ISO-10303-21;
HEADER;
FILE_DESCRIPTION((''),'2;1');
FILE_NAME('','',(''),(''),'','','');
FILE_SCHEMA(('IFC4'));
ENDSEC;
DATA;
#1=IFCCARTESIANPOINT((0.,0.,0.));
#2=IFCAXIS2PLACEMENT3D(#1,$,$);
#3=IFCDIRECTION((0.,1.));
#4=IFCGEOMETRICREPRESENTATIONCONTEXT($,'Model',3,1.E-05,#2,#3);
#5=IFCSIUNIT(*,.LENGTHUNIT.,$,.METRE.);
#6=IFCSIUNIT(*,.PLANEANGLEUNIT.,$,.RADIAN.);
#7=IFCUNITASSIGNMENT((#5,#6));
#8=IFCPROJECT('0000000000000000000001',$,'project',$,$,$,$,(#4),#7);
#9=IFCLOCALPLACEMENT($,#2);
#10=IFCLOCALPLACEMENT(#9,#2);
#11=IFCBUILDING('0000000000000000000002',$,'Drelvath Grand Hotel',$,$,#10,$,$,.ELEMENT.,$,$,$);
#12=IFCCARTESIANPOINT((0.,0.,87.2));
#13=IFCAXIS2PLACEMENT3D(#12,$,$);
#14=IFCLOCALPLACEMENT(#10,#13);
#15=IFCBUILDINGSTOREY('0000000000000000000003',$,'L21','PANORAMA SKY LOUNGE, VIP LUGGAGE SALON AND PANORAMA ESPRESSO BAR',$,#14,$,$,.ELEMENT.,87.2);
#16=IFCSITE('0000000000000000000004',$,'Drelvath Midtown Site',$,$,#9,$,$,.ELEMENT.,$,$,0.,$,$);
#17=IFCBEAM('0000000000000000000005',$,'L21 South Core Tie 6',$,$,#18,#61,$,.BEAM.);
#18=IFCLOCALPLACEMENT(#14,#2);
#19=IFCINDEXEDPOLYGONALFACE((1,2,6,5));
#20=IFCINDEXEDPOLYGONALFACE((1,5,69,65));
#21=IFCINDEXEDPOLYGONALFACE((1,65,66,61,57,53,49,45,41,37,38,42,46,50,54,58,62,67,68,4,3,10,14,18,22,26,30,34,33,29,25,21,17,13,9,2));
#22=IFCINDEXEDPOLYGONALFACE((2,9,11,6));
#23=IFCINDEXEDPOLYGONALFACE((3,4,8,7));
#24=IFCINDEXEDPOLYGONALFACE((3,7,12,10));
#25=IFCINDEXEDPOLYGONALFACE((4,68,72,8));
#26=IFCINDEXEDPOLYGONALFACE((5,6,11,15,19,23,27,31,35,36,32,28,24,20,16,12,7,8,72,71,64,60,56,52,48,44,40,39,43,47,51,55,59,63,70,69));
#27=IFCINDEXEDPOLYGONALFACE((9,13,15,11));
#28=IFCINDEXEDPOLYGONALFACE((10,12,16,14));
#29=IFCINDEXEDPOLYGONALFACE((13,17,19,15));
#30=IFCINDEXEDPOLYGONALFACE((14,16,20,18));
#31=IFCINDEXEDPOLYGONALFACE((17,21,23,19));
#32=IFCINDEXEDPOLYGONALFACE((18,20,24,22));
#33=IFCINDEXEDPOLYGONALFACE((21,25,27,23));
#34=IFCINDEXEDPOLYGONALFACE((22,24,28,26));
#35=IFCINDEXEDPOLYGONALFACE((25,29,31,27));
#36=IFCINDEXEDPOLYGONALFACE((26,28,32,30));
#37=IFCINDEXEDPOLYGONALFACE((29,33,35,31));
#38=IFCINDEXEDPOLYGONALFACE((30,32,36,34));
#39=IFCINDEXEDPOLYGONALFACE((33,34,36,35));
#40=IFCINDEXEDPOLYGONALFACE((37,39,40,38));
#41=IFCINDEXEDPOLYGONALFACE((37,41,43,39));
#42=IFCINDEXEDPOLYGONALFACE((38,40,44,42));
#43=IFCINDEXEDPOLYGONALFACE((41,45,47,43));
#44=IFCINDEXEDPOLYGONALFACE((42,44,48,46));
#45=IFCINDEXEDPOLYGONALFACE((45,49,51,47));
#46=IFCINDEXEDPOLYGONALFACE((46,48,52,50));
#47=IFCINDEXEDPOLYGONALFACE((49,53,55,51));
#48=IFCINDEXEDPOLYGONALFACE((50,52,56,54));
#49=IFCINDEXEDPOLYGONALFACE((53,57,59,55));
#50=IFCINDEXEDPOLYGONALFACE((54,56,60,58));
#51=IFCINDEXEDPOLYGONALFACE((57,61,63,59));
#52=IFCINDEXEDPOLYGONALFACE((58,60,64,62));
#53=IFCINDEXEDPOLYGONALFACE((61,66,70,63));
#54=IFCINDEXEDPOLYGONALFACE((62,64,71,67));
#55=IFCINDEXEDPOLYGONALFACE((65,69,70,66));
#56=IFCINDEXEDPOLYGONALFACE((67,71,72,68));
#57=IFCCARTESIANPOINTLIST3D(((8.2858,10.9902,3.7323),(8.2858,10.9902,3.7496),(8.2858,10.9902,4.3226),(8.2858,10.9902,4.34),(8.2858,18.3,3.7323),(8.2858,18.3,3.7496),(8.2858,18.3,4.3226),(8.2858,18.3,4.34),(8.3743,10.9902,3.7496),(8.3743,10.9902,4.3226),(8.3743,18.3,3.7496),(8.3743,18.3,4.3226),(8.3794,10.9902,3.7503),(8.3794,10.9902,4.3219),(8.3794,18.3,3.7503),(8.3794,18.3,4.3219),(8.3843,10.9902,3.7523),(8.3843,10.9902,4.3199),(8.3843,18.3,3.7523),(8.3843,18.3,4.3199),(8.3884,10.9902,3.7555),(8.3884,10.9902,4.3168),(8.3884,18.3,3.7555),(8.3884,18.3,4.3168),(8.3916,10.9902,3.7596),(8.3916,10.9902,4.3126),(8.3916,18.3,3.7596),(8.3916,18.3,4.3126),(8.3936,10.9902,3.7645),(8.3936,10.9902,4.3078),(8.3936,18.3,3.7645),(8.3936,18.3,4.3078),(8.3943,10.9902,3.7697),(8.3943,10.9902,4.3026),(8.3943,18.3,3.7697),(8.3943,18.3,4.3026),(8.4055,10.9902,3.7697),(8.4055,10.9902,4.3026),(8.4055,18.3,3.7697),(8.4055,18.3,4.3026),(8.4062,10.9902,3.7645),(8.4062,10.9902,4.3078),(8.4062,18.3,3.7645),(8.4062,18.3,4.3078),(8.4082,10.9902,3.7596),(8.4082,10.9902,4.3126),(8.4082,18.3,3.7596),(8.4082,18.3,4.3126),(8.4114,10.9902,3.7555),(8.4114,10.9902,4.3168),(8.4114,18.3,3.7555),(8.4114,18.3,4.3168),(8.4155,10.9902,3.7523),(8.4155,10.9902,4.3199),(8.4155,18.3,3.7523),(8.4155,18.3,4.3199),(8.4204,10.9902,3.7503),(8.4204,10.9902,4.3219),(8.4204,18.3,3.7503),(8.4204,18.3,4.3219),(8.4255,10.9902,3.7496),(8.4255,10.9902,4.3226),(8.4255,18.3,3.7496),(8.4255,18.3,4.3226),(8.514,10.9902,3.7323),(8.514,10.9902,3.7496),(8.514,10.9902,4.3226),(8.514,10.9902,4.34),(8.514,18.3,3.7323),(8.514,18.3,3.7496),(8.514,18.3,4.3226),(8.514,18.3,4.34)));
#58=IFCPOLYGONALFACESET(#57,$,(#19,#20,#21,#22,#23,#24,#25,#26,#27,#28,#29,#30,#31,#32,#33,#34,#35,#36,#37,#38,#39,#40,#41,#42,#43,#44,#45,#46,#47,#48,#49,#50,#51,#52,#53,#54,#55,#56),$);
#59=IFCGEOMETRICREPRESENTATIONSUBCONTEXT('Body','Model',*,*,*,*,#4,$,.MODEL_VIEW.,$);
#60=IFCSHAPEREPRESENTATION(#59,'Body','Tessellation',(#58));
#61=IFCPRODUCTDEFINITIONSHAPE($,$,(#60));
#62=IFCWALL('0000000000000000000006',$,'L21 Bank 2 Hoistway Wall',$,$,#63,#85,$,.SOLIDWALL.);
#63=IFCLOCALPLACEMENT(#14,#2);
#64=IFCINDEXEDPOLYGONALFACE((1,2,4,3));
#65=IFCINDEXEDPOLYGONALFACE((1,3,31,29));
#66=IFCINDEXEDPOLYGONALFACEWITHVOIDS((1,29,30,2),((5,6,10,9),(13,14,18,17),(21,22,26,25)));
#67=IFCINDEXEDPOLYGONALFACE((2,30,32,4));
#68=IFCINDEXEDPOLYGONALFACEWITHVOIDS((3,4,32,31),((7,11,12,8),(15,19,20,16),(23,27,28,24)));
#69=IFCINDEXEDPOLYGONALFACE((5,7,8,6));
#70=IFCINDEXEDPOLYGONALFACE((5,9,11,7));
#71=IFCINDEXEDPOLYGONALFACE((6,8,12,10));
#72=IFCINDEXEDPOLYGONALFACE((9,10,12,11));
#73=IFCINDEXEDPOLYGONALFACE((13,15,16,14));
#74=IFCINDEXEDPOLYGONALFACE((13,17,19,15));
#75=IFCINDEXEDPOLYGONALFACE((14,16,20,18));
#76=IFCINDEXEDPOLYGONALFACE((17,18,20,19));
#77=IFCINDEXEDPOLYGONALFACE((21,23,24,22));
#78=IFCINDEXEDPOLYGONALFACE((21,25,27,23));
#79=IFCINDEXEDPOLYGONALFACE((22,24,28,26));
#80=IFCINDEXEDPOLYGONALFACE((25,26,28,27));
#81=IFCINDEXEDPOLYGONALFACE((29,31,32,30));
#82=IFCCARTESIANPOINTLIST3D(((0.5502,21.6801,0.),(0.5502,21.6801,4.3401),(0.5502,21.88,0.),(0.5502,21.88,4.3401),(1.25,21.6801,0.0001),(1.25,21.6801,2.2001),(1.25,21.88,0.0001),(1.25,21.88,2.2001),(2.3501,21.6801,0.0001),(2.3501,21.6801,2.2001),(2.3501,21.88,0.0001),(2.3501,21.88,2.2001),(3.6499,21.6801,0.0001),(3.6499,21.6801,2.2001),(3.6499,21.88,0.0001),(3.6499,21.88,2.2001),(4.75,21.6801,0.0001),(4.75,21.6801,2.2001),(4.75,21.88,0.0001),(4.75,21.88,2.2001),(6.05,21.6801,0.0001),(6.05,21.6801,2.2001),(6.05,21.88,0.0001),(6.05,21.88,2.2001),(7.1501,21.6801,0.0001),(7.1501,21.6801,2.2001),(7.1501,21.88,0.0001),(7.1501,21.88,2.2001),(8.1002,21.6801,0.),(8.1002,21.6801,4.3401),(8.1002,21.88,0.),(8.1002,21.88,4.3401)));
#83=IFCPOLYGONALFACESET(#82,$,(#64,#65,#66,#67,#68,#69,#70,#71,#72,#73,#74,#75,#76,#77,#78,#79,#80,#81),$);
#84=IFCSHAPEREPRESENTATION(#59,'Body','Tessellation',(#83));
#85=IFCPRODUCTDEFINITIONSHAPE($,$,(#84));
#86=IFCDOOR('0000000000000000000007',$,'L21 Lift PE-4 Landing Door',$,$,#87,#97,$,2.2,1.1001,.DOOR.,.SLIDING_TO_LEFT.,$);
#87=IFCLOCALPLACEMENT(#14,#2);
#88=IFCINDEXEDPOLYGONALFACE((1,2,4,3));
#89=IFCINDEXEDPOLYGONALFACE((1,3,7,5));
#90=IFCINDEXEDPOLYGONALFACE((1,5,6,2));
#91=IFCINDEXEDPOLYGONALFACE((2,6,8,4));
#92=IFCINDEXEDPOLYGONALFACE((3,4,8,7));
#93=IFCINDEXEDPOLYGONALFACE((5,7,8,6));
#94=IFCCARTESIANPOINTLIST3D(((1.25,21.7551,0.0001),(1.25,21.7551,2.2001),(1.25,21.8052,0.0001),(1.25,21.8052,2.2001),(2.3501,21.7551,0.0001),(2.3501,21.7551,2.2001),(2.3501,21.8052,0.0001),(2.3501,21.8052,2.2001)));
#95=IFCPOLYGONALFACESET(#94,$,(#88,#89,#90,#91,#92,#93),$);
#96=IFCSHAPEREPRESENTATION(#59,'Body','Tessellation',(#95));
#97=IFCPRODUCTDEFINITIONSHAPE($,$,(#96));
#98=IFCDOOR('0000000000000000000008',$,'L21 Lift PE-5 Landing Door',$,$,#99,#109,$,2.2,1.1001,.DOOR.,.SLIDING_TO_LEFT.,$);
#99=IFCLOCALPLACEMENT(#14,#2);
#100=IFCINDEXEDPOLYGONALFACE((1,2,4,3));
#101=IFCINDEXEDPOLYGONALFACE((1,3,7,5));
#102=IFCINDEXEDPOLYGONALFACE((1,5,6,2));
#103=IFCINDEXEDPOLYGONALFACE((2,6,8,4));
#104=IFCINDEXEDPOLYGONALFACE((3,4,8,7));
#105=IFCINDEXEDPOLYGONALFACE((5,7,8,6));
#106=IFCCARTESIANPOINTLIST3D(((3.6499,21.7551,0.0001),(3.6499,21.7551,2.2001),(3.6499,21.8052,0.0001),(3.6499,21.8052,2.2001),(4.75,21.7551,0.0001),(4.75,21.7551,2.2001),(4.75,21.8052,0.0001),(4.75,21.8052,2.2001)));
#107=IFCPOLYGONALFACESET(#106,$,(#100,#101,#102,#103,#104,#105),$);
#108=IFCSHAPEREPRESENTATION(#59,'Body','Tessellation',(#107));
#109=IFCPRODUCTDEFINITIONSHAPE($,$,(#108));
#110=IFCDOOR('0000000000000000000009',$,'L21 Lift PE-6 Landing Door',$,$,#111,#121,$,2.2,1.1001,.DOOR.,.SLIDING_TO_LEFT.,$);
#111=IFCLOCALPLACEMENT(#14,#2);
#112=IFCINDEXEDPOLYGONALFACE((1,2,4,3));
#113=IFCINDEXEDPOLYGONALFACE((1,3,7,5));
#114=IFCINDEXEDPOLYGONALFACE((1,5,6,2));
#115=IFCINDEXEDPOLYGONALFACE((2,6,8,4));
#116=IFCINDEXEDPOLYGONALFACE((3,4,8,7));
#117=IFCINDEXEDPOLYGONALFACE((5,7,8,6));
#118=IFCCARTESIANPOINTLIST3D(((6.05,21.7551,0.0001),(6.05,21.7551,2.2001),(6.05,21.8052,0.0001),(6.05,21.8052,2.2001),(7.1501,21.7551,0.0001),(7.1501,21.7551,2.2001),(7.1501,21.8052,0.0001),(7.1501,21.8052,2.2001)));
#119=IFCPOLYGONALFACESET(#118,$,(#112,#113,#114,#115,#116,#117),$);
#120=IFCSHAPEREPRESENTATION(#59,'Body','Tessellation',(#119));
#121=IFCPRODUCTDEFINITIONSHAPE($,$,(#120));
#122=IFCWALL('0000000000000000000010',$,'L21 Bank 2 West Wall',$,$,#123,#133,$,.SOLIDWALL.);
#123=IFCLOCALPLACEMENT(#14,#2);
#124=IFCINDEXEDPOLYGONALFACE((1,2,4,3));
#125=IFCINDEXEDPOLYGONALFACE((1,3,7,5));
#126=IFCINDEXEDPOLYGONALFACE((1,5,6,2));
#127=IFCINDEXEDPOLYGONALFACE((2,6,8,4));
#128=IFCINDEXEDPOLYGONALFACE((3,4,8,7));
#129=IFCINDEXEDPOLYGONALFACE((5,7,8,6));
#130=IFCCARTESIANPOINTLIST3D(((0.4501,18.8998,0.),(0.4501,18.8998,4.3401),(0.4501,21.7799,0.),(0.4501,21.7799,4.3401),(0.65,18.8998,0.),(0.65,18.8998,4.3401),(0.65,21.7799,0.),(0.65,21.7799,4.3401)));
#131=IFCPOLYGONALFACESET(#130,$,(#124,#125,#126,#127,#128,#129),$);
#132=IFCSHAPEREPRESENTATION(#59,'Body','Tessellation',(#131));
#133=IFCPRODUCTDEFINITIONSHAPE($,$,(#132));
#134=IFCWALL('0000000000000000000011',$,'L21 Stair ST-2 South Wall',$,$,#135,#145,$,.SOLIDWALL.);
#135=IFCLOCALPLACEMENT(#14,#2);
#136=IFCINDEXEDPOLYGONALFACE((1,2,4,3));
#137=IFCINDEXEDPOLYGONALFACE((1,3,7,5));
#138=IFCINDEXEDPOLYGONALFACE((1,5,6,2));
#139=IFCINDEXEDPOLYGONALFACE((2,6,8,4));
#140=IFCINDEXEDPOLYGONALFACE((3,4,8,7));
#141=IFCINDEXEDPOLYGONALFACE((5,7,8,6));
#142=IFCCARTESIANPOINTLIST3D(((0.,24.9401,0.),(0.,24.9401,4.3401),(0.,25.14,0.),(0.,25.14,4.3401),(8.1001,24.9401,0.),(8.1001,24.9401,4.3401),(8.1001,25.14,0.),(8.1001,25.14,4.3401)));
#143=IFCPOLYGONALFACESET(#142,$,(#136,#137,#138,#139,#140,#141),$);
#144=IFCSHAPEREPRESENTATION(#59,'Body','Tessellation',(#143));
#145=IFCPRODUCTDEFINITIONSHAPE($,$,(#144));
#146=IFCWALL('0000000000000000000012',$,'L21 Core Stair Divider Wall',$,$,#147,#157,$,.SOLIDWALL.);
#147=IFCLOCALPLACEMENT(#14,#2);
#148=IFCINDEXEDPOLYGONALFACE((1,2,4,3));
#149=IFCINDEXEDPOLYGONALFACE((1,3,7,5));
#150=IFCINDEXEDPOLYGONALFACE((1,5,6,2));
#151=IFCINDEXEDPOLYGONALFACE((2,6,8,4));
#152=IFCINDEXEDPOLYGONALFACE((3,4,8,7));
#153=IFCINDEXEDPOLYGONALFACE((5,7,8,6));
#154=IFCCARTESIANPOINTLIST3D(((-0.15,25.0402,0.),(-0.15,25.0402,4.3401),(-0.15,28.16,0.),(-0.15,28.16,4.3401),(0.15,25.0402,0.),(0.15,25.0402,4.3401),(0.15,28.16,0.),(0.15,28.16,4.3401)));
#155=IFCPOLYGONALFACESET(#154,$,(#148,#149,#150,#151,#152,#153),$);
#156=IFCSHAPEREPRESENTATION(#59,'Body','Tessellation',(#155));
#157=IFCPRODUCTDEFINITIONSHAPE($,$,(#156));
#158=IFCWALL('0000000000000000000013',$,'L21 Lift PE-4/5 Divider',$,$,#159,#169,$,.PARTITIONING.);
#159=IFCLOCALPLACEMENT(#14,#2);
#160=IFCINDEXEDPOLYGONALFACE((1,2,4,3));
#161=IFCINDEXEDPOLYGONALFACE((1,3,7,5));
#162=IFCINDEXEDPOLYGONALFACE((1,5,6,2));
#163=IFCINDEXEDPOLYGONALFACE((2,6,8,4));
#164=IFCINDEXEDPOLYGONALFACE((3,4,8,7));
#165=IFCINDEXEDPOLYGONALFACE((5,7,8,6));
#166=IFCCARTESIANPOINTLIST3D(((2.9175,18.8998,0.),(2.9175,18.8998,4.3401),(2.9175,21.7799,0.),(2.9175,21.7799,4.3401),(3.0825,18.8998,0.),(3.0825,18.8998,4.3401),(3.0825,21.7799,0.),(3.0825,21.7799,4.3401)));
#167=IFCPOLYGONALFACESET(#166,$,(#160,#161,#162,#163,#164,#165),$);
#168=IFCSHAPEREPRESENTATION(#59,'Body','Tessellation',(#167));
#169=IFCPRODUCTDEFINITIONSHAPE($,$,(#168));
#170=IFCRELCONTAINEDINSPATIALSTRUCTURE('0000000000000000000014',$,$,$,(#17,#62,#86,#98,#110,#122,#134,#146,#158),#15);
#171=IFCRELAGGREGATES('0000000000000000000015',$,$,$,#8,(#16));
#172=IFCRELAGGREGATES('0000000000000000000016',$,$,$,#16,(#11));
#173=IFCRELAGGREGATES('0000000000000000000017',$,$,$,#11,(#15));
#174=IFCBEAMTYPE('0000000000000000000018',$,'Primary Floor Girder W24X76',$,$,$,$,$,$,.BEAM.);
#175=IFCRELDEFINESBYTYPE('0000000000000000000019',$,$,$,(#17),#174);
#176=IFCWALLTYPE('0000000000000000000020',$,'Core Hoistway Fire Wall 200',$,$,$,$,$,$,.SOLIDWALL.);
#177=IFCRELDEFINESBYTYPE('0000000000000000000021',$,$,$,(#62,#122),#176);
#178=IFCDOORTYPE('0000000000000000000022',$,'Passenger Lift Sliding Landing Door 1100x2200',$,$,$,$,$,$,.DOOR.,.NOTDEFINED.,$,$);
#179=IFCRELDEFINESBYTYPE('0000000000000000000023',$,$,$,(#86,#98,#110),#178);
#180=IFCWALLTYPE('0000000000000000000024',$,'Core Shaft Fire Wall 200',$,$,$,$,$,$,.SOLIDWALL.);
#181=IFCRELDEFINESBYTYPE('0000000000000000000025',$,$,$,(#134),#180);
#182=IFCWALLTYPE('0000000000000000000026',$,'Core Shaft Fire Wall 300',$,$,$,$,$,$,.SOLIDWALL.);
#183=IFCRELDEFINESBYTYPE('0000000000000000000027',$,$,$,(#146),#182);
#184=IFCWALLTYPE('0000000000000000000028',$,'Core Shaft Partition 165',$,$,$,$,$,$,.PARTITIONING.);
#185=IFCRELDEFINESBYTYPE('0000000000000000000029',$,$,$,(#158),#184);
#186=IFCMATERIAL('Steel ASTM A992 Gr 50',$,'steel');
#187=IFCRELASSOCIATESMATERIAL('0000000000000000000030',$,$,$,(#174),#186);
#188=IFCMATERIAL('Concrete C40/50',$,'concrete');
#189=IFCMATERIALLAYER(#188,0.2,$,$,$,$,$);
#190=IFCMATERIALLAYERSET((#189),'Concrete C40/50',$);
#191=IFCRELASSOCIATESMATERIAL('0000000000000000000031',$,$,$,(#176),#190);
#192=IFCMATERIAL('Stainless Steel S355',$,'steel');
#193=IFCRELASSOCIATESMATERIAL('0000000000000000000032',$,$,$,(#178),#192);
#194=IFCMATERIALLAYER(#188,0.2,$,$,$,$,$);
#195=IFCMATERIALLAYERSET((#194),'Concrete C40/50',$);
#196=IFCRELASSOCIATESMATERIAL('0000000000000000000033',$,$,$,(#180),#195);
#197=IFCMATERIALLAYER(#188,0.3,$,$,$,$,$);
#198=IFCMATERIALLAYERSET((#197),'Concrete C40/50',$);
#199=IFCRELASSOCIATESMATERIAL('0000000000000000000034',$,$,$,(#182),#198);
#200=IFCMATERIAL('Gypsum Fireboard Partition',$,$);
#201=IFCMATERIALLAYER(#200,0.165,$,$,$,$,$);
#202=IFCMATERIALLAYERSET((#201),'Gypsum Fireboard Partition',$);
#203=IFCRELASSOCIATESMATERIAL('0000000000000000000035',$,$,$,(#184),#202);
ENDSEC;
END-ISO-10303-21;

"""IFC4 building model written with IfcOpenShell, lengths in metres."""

from ifc_helpers import new_model, si_unit, direction, frame, frame_2d, origin, origin_2d, place, context, subcontext, project, spatial, rectangle, i_section, extrude, material, layer, layer_set, material_profile, profile_set, type_object, element, fill, save


model = new_model("IFC4")

# Units and contexts
model_context = context("Model", 3, precision=1e-05, world=origin(), true_north=direction((0.0, 1.0)))
body_context = subcontext(model_context, "Body", "Model", "MODEL_VIEW")
ifc_project = project(units=[si_unit("LENGTHUNIT", "METRE"), si_unit("PLANEANGLEUNIT", "RADIAN")], contexts=[model_context])

# Site, building, storey
site_placement = place(None, origin())
site = spatial("IfcSite", under=ifc_project, at=site_placement, Name="Drelvath Midtown Site", CompositionType="ELEMENT", RefElevation=0.0)
building_placement = place(site_placement, origin())
building = spatial("IfcBuilding", under=site, at=building_placement, Name="Drelvath Grand Hotel", CompositionType="ELEMENT")
storey_placement = place(building_placement, frame((0.0, 0.0, 87.2)))
storey = spatial("IfcBuildingStorey", under=building, at=storey_placement, Name="L21", Description="PANORAMA SKY LOUNGE, VIP LUGGAGE SALON AND PANORAMA ESPRESSO BAR", CompositionType="ELEMENT", Elevation=87.2)

# Beam
ifc_material_1 = material(Name="Steel ASTM A992 Gr 50", Category="steel")
ifc_material_profile_1 = material_profile(ifc_material_1, i_section(OverallWidth=0.2283, OverallDepth=0.6077, WebThickness=0.0112, FlangeThickness=0.0173, FilletRadius=0.02, at=origin_2d()), Name="W24X76")
ifc_profile_set_1 = profile_set([ifc_material_profile_1], Name="Steel ASTM A992 Gr 50")
beam_type_1 = type_object("IfcBeamType", Name="Primary Floor Girder W24X76", PredefinedType="BEAM", material=ifc_profile_set_1)
for number, where, z_axis, x_axis, name in (
    (1, (8.3999, 10.9902, 4.0361), (0.0, 1.0, 0.0), (-1.0, 0.0, 0.0), "L21 South Core Tie 6"),
):
    element("IfcBeam", number, at=place(storey_placement, frame(where, z_axis=z_axis, x_axis=x_axis)), inside=storey, type_object=beam_type_1, Name=name, PredefinedType="BEAM", context=body_context, shape_type="SweptSolid", body=[
        extrude(i_section(OverallWidth=0.2283, OverallDepth=0.6077, WebThickness=0.0112, FlangeThickness=0.0173, FilletRadius=0.02, at=origin_2d()), origin(), (0.0, 0.0, 1.0), 7.3098),
    ])

# Wall, openings, doors
ifc_material_2 = material(Name="Concrete C40/50", Category="concrete")
ifc_layer_1 = layer(ifc_material_2, 0.2)
ifc_layer_set_1 = layer_set([ifc_layer_1], Name="Concrete C40/50")
wall_type_1 = type_object("IfcWallType", Name="Core Hoistway Fire Wall 200", PredefinedType="SOLIDWALL", material=ifc_layer_set_1)
wall_1_placement = place(storey_placement, frame((8.1001, 21.78, 0.0), z_axis=(0.0, 0.0, 1.0), x_axis=(-1.0, 0.0, 0.0)))
wall_1 = element("IfcWall", 2, at=wall_1_placement, inside=storey, type_object=wall_type_1, Name="L21 Bank 2 Hoistway Wall", PredefinedType="SOLIDWALL", context=body_context, shape_type="SweptSolid", body=[
    extrude(rectangle(XDim=7.55, YDim=0.2, at=frame_2d((3.7749, 0.0))), origin(), (0.0, 0.0, 1.0), 4.3401),
])
opening_1_placement = place(wall_1_placement, frame((5.75, 0.0, 0.0)))
opening_1 = element("IfcOpeningElement", 3, at=opening_1_placement, cuts=wall_1, PredefinedType="OPENING", context=body_context, shape_type="SweptSolid", body=[
    extrude(rectangle(XDim=1.1001, YDim=2.2, at=frame_2d((0.55, 1.1001))), frame((0.0, 0.1099, 0.0), z_axis=(0.0, -1.0, 0.0), x_axis=(1.0, 0.0, 0.0)), (0.0, 0.0, 1.0), 0.22),
])
opening_2_placement = place(wall_1_placement, frame((3.3501, 0.0, 0.0)))
opening_2 = element("IfcOpeningElement", 4, at=opening_2_placement, cuts=wall_1, PredefinedType="OPENING", context=body_context, shape_type="SweptSolid", body=[
    extrude(rectangle(XDim=1.1001, YDim=2.2, at=frame_2d((0.55, 1.1001))), frame((0.0, 0.1099, 0.0), z_axis=(0.0, -1.0, 0.0), x_axis=(1.0, 0.0, 0.0)), (0.0, 0.0, 1.0), 0.22),
])
opening_3_placement = place(wall_1_placement, frame((0.95, 0.0, 0.0)))
opening_3 = element("IfcOpeningElement", 5, at=opening_3_placement, cuts=wall_1, PredefinedType="OPENING", context=body_context, shape_type="SweptSolid", body=[
    extrude(rectangle(XDim=1.1001, YDim=2.2, at=frame_2d((0.55, 1.1001))), frame((0.0, 0.1099, 0.0), z_axis=(0.0, -1.0, 0.0), x_axis=(1.0, 0.0, 0.0)), (0.0, 0.0, 1.0), 0.22),
])
ifc_material_3 = material(Name="Stainless Steel S355", Category="steel")
door_type_1 = type_object("IfcDoorType", Name="Passenger Lift Sliding Landing Door 1100x2200", OperationType="NOTDEFINED", PredefinedType="DOOR", material=ifc_material_3)
door_1_placement = place(opening_1_placement, origin())
door_1 = element("IfcDoor", 6, at=door_1_placement, inside=storey, type_object=door_type_1, Name="L21 Lift PE-4 Landing Door", OperationType="SLIDING_TO_LEFT", OverallHeight=2.2, OverallWidth=1.1001, PredefinedType="DOOR", context=body_context, shape_type="SweptSolid", body=[
    extrude(rectangle(XDim=1.1001, YDim=2.2, at=frame_2d((0.55, 1.1001))), frame((0.0, 0.0249, 0.0), z_axis=(0.0, -1.0, 0.0), x_axis=(1.0, 0.0, 0.0)), (0.0, 0.0, 1.0), 0.05),
])
fill(opening_1, door_1)
door_2_placement = place(opening_2_placement, origin())
door_2 = element("IfcDoor", 7, at=door_2_placement, inside=storey, type_object=door_type_1, Name="L21 Lift PE-5 Landing Door", OperationType="SLIDING_TO_LEFT", OverallHeight=2.2, OverallWidth=1.1001, PredefinedType="DOOR", context=body_context, shape_type="SweptSolid", body=[
    extrude(rectangle(XDim=1.1001, YDim=2.2, at=frame_2d((0.55, 1.1001))), frame((0.0, 0.0249, 0.0), z_axis=(0.0, -1.0, 0.0), x_axis=(1.0, 0.0, 0.0)), (0.0, 0.0, 1.0), 0.05),
])
fill(opening_2, door_2)
door_3_placement = place(opening_3_placement, origin())
door_3 = element("IfcDoor", 8, at=door_3_placement, inside=storey, type_object=door_type_1, Name="L21 Lift PE-6 Landing Door", OperationType="SLIDING_TO_LEFT", OverallHeight=2.2, OverallWidth=1.1001, PredefinedType="DOOR", context=body_context, shape_type="SweptSolid", body=[
    extrude(rectangle(XDim=1.1001, YDim=2.2, at=frame_2d((0.55, 1.1001))), frame((0.0, 0.0249, 0.0), z_axis=(0.0, -1.0, 0.0), x_axis=(1.0, 0.0, 0.0)), (0.0, 0.0, 1.0), 0.05),
])
fill(opening_3, door_3)

# Walls
wall_2_placement = place(storey_placement, frame((0.55, 18.8999, 0.0), z_axis=(0.0, 0.0, 1.0), x_axis=(0.0, 1.0, 0.0)))
element("IfcWall", 9, at=wall_2_placement, inside=storey, type_object=wall_type_1, Name="L21 Bank 2 West Wall", PredefinedType="SOLIDWALL", context=body_context, shape_type="SweptSolid", body=[
    extrude(rectangle(XDim=2.8801, YDim=0.2, at=frame_2d((1.4399, 0.0))), origin(), (0.0, 0.0, 1.0), 4.3401),
])
ifc_layer_2 = layer(ifc_material_2, 0.2)
ifc_layer_set_2 = layer_set([ifc_layer_2], Name="Concrete C40/50")
wall_type_2 = type_object("IfcWallType", Name="Core Shaft Fire Wall 200", PredefinedType="SOLIDWALL", material=ifc_layer_set_2)
wall_3_placement = place(storey_placement, frame((0.0, 25.04, 0.0), z_axis=(0.0, 0.0, 1.0), x_axis=(1.0, 0.0, 0.0)))
element("IfcWall", 10, at=wall_3_placement, inside=storey, type_object=wall_type_2, Name="L21 Stair ST-2 South Wall", PredefinedType="SOLIDWALL", context=body_context, shape_type="SweptSolid", body=[
    extrude(rectangle(XDim=8.1001, YDim=0.2, at=frame_2d((4.05, 0.0))), origin(), (0.0, 0.0, 1.0), 4.3401),
])
ifc_layer_3 = layer(ifc_material_2, 0.3)
ifc_layer_set_3 = layer_set([ifc_layer_3], Name="Concrete C40/50")
wall_type_3 = type_object("IfcWallType", Name="Core Shaft Fire Wall 300", PredefinedType="SOLIDWALL", material=ifc_layer_set_3)
wall_4_placement = place(storey_placement, frame((0.0, 25.04, 0.0), z_axis=(0.0, 0.0, 1.0), x_axis=(0.0, 1.0, 0.0)))
element("IfcWall", 11, at=wall_4_placement, inside=storey, type_object=wall_type_3, Name="L21 Core Stair Divider Wall", PredefinedType="SOLIDWALL", context=body_context, shape_type="SweptSolid", body=[
    extrude(rectangle(XDim=3.1199, YDim=0.3, at=frame_2d((1.5601, 0.0))), origin(), (0.0, 0.0, 1.0), 4.3401),
])
ifc_material_4 = material(Name="Gypsum Fireboard Partition")
ifc_layer_4 = layer(ifc_material_4, 0.165)
ifc_layer_set_4 = layer_set([ifc_layer_4], Name="Gypsum Fireboard Partition")
wall_type_4 = type_object("IfcWallType", Name="Core Shaft Partition 165", PredefinedType="PARTITIONING", material=ifc_layer_set_4)
for number, where, z_axis, x_axis, name in (
    (12, (3.0, 18.8999, 0.0), (0.0, 0.0, 1.0), (0.0, 1.0, 0.0), "L21 Lift PE-4/5 Divider"),
):
    element("IfcWall", number, at=place(storey_placement, frame(where, z_axis=z_axis, x_axis=x_axis)), inside=storey, type_object=wall_type_4, Name=name, PredefinedType="PARTITIONING", context=body_context, shape_type="SweptSolid", body=[
        extrude(rectangle(XDim=2.8801, YDim=0.165, at=frame_2d((1.4399, 0.0))), origin(), (0.0, 0.0, 1.0), 4.3401),
    ])

save(model, "model.ifc")
